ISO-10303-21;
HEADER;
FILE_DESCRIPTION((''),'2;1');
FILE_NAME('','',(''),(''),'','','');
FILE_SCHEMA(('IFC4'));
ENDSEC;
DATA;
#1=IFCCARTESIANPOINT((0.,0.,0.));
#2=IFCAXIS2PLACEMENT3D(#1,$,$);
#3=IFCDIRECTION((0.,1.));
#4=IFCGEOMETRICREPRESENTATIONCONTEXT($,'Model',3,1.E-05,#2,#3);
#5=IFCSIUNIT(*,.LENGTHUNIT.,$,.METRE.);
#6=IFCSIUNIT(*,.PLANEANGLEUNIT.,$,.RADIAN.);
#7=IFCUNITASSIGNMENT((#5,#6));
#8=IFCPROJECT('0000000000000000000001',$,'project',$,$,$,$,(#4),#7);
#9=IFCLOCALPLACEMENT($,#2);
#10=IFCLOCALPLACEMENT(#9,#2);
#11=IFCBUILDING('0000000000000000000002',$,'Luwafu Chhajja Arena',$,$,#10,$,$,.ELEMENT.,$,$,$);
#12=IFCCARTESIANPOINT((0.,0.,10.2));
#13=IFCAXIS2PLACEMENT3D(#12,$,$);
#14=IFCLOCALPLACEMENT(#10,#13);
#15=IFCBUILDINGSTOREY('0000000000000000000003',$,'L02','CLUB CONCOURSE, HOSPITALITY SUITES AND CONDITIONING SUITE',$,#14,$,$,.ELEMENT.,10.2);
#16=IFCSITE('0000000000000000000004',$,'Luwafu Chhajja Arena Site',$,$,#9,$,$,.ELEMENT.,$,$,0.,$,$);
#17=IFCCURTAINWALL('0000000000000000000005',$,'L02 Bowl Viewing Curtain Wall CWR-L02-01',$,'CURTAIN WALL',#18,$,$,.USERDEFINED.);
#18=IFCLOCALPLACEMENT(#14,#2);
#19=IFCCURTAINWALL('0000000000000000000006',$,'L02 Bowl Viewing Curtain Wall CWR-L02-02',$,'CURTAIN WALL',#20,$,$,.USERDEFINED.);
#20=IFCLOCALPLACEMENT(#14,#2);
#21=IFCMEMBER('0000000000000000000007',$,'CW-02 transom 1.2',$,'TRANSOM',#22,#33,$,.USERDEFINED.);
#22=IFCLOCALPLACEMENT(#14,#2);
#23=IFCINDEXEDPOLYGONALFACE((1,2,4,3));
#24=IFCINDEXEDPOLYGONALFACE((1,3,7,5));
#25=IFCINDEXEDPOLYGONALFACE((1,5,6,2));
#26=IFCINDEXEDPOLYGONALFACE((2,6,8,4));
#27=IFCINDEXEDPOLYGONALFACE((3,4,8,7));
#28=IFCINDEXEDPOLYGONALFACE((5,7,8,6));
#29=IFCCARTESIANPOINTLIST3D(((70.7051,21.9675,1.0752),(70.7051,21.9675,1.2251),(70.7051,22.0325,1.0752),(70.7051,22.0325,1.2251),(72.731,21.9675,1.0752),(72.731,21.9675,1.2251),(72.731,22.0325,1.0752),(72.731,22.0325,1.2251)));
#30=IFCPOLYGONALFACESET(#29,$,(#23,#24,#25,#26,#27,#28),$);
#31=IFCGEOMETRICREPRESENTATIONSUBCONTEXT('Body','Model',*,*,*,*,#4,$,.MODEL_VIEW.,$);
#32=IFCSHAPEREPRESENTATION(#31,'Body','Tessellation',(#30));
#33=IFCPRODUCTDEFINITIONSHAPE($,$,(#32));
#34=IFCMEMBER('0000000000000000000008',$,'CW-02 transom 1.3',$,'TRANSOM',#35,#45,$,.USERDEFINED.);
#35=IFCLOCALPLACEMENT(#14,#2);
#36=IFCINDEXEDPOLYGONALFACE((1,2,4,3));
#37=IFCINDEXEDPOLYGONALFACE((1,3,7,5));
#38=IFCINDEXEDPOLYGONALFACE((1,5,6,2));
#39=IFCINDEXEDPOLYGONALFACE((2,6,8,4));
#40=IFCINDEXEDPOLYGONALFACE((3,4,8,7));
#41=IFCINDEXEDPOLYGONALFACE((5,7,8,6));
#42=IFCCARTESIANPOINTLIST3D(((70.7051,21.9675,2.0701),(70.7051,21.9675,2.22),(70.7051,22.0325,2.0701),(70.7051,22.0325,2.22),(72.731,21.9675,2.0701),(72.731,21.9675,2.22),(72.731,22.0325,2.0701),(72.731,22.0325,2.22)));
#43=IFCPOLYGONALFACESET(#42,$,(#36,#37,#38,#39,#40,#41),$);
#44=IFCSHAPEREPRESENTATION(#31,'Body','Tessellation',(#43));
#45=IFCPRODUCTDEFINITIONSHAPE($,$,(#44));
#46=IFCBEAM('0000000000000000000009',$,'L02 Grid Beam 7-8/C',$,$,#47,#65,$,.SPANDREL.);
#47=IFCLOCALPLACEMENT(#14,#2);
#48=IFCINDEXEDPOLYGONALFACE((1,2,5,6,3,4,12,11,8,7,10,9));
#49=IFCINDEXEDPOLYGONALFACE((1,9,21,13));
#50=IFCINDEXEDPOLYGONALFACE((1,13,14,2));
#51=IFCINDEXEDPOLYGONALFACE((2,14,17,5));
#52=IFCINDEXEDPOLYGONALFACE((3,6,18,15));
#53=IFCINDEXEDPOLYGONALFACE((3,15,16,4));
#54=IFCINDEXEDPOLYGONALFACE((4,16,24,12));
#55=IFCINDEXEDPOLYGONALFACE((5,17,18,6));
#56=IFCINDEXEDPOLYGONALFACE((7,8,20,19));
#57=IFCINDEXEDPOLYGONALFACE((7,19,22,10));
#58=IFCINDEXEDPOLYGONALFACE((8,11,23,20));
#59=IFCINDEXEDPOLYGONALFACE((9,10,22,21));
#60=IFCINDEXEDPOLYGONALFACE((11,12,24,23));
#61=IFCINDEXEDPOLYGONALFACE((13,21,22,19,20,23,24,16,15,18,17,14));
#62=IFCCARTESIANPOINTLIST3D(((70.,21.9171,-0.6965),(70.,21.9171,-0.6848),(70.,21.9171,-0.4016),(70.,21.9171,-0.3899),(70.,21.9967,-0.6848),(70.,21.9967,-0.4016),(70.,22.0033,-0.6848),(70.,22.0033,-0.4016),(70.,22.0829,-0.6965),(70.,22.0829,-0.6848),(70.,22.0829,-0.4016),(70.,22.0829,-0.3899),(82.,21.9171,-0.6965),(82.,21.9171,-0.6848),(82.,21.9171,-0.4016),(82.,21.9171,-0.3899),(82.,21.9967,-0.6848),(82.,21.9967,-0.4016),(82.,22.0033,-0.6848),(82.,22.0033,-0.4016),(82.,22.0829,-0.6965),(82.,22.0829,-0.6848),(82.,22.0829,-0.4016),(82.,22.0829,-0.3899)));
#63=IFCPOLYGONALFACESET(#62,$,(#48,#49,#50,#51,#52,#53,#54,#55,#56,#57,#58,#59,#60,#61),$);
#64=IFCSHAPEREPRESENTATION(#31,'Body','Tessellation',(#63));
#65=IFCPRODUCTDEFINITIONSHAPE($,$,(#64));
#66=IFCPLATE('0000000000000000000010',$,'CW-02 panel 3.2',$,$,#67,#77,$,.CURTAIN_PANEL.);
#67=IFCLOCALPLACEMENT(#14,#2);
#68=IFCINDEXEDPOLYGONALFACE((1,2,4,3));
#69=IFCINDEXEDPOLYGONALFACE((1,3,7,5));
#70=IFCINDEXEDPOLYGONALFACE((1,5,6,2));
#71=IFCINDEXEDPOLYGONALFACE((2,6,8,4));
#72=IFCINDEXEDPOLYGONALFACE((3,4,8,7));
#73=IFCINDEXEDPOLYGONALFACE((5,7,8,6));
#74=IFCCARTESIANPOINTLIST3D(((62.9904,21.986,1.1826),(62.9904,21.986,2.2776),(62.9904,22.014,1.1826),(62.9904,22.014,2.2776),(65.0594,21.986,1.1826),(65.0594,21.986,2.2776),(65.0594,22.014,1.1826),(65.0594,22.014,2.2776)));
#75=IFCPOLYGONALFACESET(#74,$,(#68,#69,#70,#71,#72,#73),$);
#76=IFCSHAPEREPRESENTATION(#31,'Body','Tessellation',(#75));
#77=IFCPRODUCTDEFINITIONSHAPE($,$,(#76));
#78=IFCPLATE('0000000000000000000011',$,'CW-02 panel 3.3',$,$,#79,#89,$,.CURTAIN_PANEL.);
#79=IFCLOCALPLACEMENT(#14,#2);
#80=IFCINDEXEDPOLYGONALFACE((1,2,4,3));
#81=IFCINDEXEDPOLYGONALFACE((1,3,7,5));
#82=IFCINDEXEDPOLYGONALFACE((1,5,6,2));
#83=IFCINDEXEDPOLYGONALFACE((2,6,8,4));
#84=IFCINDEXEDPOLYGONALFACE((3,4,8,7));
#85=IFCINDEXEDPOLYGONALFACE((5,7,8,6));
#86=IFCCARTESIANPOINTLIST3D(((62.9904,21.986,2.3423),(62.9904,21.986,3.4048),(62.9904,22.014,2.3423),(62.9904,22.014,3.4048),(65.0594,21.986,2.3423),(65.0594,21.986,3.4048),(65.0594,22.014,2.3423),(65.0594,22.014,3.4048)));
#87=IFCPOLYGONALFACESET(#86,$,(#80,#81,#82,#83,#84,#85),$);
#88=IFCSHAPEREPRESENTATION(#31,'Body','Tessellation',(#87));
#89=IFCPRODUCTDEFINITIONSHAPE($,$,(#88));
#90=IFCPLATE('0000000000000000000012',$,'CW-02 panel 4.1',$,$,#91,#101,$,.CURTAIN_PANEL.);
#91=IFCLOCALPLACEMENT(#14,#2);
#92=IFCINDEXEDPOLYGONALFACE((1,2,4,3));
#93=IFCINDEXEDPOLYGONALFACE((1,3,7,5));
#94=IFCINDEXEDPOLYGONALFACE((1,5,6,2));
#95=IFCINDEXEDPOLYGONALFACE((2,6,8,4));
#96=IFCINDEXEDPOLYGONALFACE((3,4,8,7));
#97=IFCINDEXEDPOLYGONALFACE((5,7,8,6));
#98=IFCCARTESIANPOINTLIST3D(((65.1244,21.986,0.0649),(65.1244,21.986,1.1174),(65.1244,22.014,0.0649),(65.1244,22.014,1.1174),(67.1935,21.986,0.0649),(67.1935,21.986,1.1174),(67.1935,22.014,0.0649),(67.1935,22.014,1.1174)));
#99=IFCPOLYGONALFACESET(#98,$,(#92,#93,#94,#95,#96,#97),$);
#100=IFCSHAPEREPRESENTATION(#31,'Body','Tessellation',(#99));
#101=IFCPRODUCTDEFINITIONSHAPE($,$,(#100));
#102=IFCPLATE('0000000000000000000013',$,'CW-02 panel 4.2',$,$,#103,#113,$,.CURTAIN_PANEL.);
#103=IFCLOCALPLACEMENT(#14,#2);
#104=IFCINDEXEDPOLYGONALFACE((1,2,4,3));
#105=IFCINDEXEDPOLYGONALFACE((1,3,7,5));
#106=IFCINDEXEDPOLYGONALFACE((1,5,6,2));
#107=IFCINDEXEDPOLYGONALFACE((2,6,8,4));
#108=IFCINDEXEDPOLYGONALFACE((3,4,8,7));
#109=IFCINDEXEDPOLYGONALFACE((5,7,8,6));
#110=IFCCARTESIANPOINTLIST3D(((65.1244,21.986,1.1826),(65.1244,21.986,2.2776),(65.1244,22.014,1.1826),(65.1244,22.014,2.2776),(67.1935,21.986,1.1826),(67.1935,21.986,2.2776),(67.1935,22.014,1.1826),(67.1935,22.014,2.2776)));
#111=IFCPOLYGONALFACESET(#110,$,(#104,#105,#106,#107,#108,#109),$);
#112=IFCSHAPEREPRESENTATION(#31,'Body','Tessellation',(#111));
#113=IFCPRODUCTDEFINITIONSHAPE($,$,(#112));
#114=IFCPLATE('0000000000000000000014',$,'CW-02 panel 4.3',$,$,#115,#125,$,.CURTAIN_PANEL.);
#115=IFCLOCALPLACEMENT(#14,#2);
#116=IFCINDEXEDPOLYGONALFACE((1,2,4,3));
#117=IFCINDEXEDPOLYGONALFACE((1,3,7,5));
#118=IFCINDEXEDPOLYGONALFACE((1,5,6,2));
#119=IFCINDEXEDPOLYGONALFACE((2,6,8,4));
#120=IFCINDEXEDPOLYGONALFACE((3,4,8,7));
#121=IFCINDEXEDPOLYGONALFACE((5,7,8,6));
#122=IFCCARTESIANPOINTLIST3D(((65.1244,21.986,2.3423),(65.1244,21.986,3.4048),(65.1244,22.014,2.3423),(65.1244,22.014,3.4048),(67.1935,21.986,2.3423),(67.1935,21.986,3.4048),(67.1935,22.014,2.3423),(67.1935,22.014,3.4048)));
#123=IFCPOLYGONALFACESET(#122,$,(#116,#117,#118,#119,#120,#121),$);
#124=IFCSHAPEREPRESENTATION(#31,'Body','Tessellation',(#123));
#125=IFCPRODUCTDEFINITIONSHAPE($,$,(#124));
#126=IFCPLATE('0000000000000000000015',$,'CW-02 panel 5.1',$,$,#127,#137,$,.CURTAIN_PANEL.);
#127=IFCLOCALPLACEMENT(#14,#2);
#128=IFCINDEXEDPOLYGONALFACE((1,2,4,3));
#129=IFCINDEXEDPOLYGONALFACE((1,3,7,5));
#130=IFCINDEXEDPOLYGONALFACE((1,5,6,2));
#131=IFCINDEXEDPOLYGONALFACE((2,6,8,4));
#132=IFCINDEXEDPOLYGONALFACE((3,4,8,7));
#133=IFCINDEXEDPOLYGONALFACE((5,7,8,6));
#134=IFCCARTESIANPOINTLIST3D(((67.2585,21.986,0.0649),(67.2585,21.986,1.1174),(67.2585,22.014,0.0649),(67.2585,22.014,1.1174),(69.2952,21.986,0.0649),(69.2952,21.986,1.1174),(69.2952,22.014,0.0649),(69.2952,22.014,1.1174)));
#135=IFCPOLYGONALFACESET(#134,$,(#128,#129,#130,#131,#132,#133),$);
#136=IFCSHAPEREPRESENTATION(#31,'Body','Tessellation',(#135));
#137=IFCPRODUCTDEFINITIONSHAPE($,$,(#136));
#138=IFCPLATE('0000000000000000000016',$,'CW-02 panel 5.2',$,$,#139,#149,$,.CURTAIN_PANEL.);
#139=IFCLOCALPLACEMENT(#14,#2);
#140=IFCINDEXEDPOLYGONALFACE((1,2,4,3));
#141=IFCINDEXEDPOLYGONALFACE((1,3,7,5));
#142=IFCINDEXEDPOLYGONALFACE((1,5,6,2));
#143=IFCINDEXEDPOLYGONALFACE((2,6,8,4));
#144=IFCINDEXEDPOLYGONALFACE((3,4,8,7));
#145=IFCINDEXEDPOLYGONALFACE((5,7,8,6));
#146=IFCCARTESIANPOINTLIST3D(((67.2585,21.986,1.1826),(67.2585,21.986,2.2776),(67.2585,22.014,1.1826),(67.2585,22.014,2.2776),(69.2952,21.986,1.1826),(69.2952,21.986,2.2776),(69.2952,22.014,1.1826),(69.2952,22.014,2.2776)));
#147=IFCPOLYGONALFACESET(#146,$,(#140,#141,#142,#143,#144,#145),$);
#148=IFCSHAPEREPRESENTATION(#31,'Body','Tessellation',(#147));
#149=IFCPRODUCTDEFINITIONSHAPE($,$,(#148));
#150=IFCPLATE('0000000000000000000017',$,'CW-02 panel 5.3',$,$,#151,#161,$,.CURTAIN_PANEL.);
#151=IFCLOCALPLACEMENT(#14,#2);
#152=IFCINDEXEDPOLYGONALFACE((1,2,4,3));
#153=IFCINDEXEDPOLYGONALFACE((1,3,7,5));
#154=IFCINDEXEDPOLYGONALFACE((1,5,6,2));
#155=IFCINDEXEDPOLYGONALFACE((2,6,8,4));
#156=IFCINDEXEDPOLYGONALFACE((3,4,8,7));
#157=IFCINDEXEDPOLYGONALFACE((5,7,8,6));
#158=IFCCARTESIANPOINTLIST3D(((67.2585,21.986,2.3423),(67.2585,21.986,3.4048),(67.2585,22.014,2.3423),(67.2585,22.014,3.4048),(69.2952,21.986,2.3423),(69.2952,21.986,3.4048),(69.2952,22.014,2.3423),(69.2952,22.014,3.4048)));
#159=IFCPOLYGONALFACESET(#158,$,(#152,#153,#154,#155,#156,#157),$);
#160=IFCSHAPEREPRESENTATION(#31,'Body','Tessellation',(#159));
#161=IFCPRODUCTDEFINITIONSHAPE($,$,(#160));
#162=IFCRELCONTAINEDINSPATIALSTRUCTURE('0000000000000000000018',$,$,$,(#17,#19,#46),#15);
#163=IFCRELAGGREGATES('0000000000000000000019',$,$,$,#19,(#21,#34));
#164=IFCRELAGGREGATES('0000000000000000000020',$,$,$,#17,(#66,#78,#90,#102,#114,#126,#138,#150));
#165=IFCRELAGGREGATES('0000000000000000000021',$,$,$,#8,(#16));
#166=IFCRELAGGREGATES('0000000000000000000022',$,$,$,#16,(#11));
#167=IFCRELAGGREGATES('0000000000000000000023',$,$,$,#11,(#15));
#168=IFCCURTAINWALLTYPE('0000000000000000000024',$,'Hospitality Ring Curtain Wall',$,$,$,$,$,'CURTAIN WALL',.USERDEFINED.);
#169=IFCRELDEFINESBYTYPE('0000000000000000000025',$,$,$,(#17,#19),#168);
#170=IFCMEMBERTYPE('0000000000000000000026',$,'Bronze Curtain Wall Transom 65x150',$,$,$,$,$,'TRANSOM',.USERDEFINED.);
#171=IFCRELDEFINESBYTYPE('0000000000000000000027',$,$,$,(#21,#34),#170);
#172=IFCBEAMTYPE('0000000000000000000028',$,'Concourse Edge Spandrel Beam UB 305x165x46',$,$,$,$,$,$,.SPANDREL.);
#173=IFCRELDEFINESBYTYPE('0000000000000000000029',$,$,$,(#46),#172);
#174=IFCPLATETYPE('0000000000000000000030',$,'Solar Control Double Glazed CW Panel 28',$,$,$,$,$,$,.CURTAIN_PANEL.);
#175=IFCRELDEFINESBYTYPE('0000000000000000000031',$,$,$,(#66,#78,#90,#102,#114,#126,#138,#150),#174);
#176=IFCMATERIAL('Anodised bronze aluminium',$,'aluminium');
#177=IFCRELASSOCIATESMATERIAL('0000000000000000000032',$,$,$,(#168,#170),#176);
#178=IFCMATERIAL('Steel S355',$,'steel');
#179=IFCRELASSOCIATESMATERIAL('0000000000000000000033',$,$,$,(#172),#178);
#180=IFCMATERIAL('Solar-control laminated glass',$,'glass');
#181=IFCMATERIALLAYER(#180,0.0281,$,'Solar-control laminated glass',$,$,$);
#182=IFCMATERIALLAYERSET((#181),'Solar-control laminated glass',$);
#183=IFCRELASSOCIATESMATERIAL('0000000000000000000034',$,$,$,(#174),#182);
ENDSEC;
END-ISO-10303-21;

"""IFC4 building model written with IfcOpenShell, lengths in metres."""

from ifc_helpers import new_model, si_unit, direction, frame, origin, origin_2d, place, context, subcontext, project, spatial, rectangle, i_section, extrude, material, layer, layer_set, material_profile, profile_set, type_object, element, aggregate, save


model = new_model("IFC4")

# Units and contexts
model_context = context("Model", 3, precision=1e-05, world=origin(), true_north=direction((0.0, 1.0)))
body_context = subcontext(model_context, "Body", "Model", "MODEL_VIEW")
ifc_project = project(units=[si_unit("LENGTHUNIT", "METRE"), si_unit("PLANEANGLEUNIT", "RADIAN")], contexts=[model_context])

# Site, building, storey
site_placement = place(None, origin())
site = spatial("IfcSite", under=ifc_project, at=site_placement, Name="Luwafu Chhajja Arena Site", CompositionType="ELEMENT", RefElevation=0.0)
building_placement = place(site_placement, origin())
building = spatial("IfcBuilding", under=site, at=building_placement, Name="Luwafu Chhajja Arena", CompositionType="ELEMENT")
storey_placement = place(building_placement, frame((0.0, 0.0, 10.2)))
storey = spatial("IfcBuildingStorey", under=building, at=storey_placement, Name="L02", Description="CLUB CONCOURSE, HOSPITALITY SUITES AND CONDITIONING SUITE", CompositionType="ELEMENT", Elevation=10.2)

# Curtain wall
ifc_material_1 = material(Name="Anodised bronze aluminium", Category="aluminium")
curtain_wall_type = type_object("IfcCurtainWallType", Name="Hospitality Ring Curtain Wall", ElementType="CURTAIN WALL", PredefinedType="USERDEFINED", material=ifc_material_1)
curtain_wall_1_placement = place(storey_placement, origin())
curtain_wall_1 = element("IfcCurtainWall", 1, at=curtain_wall_1_placement, inside=storey, type_object=curtain_wall_type, Name="L02 Bowl Viewing Curtain Wall CWR-L02-01", ObjectType="CURTAIN WALL", PredefinedType="USERDEFINED")

# Curtain wall
curtain_wall_2_placement = place(storey_placement, origin())
curtain_wall_2 = element("IfcCurtainWall", 2, at=curtain_wall_2_placement, inside=storey, type_object=curtain_wall_type, Name="L02 Bowl Viewing Curtain Wall CWR-L02-02", ObjectType="CURTAIN WALL", PredefinedType="USERDEFINED")

# Members
ifc_material_profile_1 = material_profile(ifc_material_1, rectangle(XDim=0.0649, YDim=0.1499, at=origin_2d()), Name="CWT 65x150")
ifc_profile_set_1 = profile_set([ifc_material_profile_1], Name="Anodised bronze aluminium")
member_type_1 = type_object("IfcMemberType", Name="Bronze Curtain Wall Transom 65x150", ElementType="TRANSOM", PredefinedType="USERDEFINED", material=ifc_profile_set_1)
member_1_placement = place(storey_placement, frame((70.7051, 22.0, 1.1501), z_axis=(1.0, 0.0, 0.0), x_axis=(0.0, 1.0, 0.0)))
member_1 = element("IfcMember", 3, at=member_1_placement, type_object=member_type_1, Name="CW-02 transom 1.2", ObjectType="TRANSOM", PredefinedType="USERDEFINED", context=body_context, shape_type="SweptSolid", body=[
    extrude(rectangle(XDim=0.0649, YDim=0.1499, at=origin_2d()), origin(), (0.0, 0.0, 1.0), 2.0259),
])
member_2_placement = place(storey_placement, frame((70.7051, 22.0, 2.145), z_axis=(1.0, 0.0, 0.0), x_axis=(0.0, 1.0, 0.0)))
member_2 = element("IfcMember", 4, at=member_2_placement, type_object=member_type_1, Name="CW-02 transom 1.3", ObjectType="TRANSOM", PredefinedType="USERDEFINED", context=body_context, shape_type="SweptSolid", body=[
    extrude(rectangle(XDim=0.0649, YDim=0.1499, at=origin_2d()), origin(), (0.0, 0.0, 1.0), 2.0259),
])
aggregate(curtain_wall_2, [member_1, member_2])

# Beam
ifc_material_2 = material(Name="Steel S355", Category="steel")
ifc_material_profile_2 = material_profile(ifc_material_2, i_section(OverallWidth=0.1658, OverallDepth=0.3066, WebThickness=0.0066, FlangeThickness=0.0117, at=origin_2d()), Name="UB 305x165x46")
ifc_profile_set_2 = profile_set([ifc_material_profile_2], Name="Steel S355")
beam_type = type_object("IfcBeamType", Name="Concourse Edge Spandrel Beam UB 305x165x46", PredefinedType="SPANDREL", material=ifc_profile_set_2)
beam_placement = place(storey_placement, frame((70.0, 22.0, -0.5432), z_axis=(1.0, 0.0, 0.0), x_axis=(0.0, 1.0, 0.0)))
element("IfcBeam", 5, at=beam_placement, inside=storey, type_object=beam_type, Name="L02 Grid Beam 7-8/C", PredefinedType="SPANDREL", context=body_context, shape_type="SweptSolid", body=[
    extrude(i_section(OverallWidth=0.1658, OverallDepth=0.3066, WebThickness=0.0066, FlangeThickness=0.0117, at=origin_2d()), origin(), (0.0, 0.0, 1.0), 12.0),
])

# Plates
ifc_material_3 = material(Name="Solar-control laminated glass", Category="glass")
ifc_layer = layer(ifc_material_3, 0.0281, Name="Solar-control laminated glass")
ifc_layer_set = layer_set([ifc_layer], Name="Solar-control laminated glass")
plate_type = type_object("IfcPlateType", Name="Solar Control Double Glazed CW Panel 28", PredefinedType="CURTAIN_PANEL", material=ifc_layer_set)
plate_1_placement = place(storey_placement, frame((64.0249, 22.0, 1.1826), z_axis=(0.0, 0.0, 1.0), x_axis=(1.0, 0.0, 0.0)))
plate_1 = element("IfcPlate", 6, at=plate_1_placement, type_object=plate_type, Name="CW-02 panel 3.2", PredefinedType="CURTAIN_PANEL", context=body_context, shape_type="SweptSolid", body=[
    extrude(rectangle(XDim=2.0691, YDim=0.0281, at=origin_2d()), origin(), (0.0, 0.0, 1.0), 1.095),
])
plate_2_placement = place(storey_placement, frame((64.0249, 22.0, 2.3423), z_axis=(0.0, 0.0, 1.0), x_axis=(1.0, 0.0, 0.0)))
plate_2 = element("IfcPlate", 7, at=plate_2_placement, type_object=plate_type, Name="CW-02 panel 3.3", PredefinedType="CURTAIN_PANEL", context=body_context, shape_type="SweptSolid", body=[
    extrude(rectangle(XDim=2.0691, YDim=0.0281, at=origin_2d()), origin(), (0.0, 0.0, 1.0), 1.0625),
])
plate_3_placement = place(storey_placement, frame((66.1589, 22.0, 0.0649), z_axis=(0.0, 0.0, 1.0), x_axis=(1.0, 0.0, 0.0)))
plate_3 = element("IfcPlate", 8, at=plate_3_placement, type_object=plate_type, Name="CW-02 panel 4.1", PredefinedType="CURTAIN_PANEL", context=body_context, shape_type="SweptSolid", body=[
    extrude(rectangle(XDim=2.0691, YDim=0.0281, at=origin_2d()), origin(), (0.0, 0.0, 1.0), 1.0525),
])
plate_4_placement = place(storey_placement, frame((66.1589, 22.0, 1.1826), z_axis=(0.0, 0.0, 1.0), x_axis=(1.0, 0.0, 0.0)))
plate_4 = element("IfcPlate", 9, at=plate_4_placement, type_object=plate_type, Name="CW-02 panel 4.2", PredefinedType="CURTAIN_PANEL", context=body_context, shape_type="SweptSolid", body=[
    extrude(rectangle(XDim=2.0691, YDim=0.0281, at=origin_2d()), origin(), (0.0, 0.0, 1.0), 1.095),
])
plate_5_placement = place(storey_placement, frame((66.1589, 22.0, 2.3423), z_axis=(0.0, 0.0, 1.0), x_axis=(1.0, 0.0, 0.0)))
plate_5 = element("IfcPlate", 10, at=plate_5_placement, type_object=plate_type, Name="CW-02 panel 4.3", PredefinedType="CURTAIN_PANEL", context=body_context, shape_type="SweptSolid", body=[
    extrude(rectangle(XDim=2.0691, YDim=0.0281, at=origin_2d()), origin(), (0.0, 0.0, 1.0), 1.0625),
])
plate_6_placement = place(storey_placement, frame((68.2769, 22.0, 0.0649), z_axis=(0.0, 0.0, 1.0), x_axis=(1.0, 0.0, 0.0)))
plate_6 = element("IfcPlate", 11, at=plate_6_placement, type_object=plate_type, Name="CW-02 panel 5.1", PredefinedType="CURTAIN_PANEL", context=body_context, shape_type="SweptSolid", body=[
    extrude(rectangle(XDim=2.0366, YDim=0.0281, at=origin_2d()), origin(), (0.0, 0.0, 1.0), 1.0525),
])
plate_7_placement = place(storey_placement, frame((68.2769, 22.0, 1.1826), z_axis=(0.0, 0.0, 1.0), x_axis=(1.0, 0.0, 0.0)))
plate_7 = element("IfcPlate", 12, at=plate_7_placement, type_object=plate_type, Name="CW-02 panel 5.2", PredefinedType="CURTAIN_PANEL", context=body_context, shape_type="SweptSolid", body=[
    extrude(rectangle(XDim=2.0366, YDim=0.0281, at=origin_2d()), origin(), (0.0, 0.0, 1.0), 1.095),
])
plate_8_placement = place(storey_placement, frame((68.2769, 22.0, 2.3423), z_axis=(0.0, 0.0, 1.0), x_axis=(1.0, 0.0, 0.0)))
plate_8 = element("IfcPlate", 13, at=plate_8_placement, type_object=plate_type, Name="CW-02 panel 5.3", PredefinedType="CURTAIN_PANEL", context=body_context, shape_type="SweptSolid", body=[
    extrude(rectangle(XDim=2.0366, YDim=0.0281, at=origin_2d()), origin(), (0.0, 0.0, 1.0), 1.0625),
])
aggregate(curtain_wall_1, [plate_1, plate_2, plate_3, plate_4, plate_5, plate_6, plate_7, plate_8])

save(model, "model.ifc")
